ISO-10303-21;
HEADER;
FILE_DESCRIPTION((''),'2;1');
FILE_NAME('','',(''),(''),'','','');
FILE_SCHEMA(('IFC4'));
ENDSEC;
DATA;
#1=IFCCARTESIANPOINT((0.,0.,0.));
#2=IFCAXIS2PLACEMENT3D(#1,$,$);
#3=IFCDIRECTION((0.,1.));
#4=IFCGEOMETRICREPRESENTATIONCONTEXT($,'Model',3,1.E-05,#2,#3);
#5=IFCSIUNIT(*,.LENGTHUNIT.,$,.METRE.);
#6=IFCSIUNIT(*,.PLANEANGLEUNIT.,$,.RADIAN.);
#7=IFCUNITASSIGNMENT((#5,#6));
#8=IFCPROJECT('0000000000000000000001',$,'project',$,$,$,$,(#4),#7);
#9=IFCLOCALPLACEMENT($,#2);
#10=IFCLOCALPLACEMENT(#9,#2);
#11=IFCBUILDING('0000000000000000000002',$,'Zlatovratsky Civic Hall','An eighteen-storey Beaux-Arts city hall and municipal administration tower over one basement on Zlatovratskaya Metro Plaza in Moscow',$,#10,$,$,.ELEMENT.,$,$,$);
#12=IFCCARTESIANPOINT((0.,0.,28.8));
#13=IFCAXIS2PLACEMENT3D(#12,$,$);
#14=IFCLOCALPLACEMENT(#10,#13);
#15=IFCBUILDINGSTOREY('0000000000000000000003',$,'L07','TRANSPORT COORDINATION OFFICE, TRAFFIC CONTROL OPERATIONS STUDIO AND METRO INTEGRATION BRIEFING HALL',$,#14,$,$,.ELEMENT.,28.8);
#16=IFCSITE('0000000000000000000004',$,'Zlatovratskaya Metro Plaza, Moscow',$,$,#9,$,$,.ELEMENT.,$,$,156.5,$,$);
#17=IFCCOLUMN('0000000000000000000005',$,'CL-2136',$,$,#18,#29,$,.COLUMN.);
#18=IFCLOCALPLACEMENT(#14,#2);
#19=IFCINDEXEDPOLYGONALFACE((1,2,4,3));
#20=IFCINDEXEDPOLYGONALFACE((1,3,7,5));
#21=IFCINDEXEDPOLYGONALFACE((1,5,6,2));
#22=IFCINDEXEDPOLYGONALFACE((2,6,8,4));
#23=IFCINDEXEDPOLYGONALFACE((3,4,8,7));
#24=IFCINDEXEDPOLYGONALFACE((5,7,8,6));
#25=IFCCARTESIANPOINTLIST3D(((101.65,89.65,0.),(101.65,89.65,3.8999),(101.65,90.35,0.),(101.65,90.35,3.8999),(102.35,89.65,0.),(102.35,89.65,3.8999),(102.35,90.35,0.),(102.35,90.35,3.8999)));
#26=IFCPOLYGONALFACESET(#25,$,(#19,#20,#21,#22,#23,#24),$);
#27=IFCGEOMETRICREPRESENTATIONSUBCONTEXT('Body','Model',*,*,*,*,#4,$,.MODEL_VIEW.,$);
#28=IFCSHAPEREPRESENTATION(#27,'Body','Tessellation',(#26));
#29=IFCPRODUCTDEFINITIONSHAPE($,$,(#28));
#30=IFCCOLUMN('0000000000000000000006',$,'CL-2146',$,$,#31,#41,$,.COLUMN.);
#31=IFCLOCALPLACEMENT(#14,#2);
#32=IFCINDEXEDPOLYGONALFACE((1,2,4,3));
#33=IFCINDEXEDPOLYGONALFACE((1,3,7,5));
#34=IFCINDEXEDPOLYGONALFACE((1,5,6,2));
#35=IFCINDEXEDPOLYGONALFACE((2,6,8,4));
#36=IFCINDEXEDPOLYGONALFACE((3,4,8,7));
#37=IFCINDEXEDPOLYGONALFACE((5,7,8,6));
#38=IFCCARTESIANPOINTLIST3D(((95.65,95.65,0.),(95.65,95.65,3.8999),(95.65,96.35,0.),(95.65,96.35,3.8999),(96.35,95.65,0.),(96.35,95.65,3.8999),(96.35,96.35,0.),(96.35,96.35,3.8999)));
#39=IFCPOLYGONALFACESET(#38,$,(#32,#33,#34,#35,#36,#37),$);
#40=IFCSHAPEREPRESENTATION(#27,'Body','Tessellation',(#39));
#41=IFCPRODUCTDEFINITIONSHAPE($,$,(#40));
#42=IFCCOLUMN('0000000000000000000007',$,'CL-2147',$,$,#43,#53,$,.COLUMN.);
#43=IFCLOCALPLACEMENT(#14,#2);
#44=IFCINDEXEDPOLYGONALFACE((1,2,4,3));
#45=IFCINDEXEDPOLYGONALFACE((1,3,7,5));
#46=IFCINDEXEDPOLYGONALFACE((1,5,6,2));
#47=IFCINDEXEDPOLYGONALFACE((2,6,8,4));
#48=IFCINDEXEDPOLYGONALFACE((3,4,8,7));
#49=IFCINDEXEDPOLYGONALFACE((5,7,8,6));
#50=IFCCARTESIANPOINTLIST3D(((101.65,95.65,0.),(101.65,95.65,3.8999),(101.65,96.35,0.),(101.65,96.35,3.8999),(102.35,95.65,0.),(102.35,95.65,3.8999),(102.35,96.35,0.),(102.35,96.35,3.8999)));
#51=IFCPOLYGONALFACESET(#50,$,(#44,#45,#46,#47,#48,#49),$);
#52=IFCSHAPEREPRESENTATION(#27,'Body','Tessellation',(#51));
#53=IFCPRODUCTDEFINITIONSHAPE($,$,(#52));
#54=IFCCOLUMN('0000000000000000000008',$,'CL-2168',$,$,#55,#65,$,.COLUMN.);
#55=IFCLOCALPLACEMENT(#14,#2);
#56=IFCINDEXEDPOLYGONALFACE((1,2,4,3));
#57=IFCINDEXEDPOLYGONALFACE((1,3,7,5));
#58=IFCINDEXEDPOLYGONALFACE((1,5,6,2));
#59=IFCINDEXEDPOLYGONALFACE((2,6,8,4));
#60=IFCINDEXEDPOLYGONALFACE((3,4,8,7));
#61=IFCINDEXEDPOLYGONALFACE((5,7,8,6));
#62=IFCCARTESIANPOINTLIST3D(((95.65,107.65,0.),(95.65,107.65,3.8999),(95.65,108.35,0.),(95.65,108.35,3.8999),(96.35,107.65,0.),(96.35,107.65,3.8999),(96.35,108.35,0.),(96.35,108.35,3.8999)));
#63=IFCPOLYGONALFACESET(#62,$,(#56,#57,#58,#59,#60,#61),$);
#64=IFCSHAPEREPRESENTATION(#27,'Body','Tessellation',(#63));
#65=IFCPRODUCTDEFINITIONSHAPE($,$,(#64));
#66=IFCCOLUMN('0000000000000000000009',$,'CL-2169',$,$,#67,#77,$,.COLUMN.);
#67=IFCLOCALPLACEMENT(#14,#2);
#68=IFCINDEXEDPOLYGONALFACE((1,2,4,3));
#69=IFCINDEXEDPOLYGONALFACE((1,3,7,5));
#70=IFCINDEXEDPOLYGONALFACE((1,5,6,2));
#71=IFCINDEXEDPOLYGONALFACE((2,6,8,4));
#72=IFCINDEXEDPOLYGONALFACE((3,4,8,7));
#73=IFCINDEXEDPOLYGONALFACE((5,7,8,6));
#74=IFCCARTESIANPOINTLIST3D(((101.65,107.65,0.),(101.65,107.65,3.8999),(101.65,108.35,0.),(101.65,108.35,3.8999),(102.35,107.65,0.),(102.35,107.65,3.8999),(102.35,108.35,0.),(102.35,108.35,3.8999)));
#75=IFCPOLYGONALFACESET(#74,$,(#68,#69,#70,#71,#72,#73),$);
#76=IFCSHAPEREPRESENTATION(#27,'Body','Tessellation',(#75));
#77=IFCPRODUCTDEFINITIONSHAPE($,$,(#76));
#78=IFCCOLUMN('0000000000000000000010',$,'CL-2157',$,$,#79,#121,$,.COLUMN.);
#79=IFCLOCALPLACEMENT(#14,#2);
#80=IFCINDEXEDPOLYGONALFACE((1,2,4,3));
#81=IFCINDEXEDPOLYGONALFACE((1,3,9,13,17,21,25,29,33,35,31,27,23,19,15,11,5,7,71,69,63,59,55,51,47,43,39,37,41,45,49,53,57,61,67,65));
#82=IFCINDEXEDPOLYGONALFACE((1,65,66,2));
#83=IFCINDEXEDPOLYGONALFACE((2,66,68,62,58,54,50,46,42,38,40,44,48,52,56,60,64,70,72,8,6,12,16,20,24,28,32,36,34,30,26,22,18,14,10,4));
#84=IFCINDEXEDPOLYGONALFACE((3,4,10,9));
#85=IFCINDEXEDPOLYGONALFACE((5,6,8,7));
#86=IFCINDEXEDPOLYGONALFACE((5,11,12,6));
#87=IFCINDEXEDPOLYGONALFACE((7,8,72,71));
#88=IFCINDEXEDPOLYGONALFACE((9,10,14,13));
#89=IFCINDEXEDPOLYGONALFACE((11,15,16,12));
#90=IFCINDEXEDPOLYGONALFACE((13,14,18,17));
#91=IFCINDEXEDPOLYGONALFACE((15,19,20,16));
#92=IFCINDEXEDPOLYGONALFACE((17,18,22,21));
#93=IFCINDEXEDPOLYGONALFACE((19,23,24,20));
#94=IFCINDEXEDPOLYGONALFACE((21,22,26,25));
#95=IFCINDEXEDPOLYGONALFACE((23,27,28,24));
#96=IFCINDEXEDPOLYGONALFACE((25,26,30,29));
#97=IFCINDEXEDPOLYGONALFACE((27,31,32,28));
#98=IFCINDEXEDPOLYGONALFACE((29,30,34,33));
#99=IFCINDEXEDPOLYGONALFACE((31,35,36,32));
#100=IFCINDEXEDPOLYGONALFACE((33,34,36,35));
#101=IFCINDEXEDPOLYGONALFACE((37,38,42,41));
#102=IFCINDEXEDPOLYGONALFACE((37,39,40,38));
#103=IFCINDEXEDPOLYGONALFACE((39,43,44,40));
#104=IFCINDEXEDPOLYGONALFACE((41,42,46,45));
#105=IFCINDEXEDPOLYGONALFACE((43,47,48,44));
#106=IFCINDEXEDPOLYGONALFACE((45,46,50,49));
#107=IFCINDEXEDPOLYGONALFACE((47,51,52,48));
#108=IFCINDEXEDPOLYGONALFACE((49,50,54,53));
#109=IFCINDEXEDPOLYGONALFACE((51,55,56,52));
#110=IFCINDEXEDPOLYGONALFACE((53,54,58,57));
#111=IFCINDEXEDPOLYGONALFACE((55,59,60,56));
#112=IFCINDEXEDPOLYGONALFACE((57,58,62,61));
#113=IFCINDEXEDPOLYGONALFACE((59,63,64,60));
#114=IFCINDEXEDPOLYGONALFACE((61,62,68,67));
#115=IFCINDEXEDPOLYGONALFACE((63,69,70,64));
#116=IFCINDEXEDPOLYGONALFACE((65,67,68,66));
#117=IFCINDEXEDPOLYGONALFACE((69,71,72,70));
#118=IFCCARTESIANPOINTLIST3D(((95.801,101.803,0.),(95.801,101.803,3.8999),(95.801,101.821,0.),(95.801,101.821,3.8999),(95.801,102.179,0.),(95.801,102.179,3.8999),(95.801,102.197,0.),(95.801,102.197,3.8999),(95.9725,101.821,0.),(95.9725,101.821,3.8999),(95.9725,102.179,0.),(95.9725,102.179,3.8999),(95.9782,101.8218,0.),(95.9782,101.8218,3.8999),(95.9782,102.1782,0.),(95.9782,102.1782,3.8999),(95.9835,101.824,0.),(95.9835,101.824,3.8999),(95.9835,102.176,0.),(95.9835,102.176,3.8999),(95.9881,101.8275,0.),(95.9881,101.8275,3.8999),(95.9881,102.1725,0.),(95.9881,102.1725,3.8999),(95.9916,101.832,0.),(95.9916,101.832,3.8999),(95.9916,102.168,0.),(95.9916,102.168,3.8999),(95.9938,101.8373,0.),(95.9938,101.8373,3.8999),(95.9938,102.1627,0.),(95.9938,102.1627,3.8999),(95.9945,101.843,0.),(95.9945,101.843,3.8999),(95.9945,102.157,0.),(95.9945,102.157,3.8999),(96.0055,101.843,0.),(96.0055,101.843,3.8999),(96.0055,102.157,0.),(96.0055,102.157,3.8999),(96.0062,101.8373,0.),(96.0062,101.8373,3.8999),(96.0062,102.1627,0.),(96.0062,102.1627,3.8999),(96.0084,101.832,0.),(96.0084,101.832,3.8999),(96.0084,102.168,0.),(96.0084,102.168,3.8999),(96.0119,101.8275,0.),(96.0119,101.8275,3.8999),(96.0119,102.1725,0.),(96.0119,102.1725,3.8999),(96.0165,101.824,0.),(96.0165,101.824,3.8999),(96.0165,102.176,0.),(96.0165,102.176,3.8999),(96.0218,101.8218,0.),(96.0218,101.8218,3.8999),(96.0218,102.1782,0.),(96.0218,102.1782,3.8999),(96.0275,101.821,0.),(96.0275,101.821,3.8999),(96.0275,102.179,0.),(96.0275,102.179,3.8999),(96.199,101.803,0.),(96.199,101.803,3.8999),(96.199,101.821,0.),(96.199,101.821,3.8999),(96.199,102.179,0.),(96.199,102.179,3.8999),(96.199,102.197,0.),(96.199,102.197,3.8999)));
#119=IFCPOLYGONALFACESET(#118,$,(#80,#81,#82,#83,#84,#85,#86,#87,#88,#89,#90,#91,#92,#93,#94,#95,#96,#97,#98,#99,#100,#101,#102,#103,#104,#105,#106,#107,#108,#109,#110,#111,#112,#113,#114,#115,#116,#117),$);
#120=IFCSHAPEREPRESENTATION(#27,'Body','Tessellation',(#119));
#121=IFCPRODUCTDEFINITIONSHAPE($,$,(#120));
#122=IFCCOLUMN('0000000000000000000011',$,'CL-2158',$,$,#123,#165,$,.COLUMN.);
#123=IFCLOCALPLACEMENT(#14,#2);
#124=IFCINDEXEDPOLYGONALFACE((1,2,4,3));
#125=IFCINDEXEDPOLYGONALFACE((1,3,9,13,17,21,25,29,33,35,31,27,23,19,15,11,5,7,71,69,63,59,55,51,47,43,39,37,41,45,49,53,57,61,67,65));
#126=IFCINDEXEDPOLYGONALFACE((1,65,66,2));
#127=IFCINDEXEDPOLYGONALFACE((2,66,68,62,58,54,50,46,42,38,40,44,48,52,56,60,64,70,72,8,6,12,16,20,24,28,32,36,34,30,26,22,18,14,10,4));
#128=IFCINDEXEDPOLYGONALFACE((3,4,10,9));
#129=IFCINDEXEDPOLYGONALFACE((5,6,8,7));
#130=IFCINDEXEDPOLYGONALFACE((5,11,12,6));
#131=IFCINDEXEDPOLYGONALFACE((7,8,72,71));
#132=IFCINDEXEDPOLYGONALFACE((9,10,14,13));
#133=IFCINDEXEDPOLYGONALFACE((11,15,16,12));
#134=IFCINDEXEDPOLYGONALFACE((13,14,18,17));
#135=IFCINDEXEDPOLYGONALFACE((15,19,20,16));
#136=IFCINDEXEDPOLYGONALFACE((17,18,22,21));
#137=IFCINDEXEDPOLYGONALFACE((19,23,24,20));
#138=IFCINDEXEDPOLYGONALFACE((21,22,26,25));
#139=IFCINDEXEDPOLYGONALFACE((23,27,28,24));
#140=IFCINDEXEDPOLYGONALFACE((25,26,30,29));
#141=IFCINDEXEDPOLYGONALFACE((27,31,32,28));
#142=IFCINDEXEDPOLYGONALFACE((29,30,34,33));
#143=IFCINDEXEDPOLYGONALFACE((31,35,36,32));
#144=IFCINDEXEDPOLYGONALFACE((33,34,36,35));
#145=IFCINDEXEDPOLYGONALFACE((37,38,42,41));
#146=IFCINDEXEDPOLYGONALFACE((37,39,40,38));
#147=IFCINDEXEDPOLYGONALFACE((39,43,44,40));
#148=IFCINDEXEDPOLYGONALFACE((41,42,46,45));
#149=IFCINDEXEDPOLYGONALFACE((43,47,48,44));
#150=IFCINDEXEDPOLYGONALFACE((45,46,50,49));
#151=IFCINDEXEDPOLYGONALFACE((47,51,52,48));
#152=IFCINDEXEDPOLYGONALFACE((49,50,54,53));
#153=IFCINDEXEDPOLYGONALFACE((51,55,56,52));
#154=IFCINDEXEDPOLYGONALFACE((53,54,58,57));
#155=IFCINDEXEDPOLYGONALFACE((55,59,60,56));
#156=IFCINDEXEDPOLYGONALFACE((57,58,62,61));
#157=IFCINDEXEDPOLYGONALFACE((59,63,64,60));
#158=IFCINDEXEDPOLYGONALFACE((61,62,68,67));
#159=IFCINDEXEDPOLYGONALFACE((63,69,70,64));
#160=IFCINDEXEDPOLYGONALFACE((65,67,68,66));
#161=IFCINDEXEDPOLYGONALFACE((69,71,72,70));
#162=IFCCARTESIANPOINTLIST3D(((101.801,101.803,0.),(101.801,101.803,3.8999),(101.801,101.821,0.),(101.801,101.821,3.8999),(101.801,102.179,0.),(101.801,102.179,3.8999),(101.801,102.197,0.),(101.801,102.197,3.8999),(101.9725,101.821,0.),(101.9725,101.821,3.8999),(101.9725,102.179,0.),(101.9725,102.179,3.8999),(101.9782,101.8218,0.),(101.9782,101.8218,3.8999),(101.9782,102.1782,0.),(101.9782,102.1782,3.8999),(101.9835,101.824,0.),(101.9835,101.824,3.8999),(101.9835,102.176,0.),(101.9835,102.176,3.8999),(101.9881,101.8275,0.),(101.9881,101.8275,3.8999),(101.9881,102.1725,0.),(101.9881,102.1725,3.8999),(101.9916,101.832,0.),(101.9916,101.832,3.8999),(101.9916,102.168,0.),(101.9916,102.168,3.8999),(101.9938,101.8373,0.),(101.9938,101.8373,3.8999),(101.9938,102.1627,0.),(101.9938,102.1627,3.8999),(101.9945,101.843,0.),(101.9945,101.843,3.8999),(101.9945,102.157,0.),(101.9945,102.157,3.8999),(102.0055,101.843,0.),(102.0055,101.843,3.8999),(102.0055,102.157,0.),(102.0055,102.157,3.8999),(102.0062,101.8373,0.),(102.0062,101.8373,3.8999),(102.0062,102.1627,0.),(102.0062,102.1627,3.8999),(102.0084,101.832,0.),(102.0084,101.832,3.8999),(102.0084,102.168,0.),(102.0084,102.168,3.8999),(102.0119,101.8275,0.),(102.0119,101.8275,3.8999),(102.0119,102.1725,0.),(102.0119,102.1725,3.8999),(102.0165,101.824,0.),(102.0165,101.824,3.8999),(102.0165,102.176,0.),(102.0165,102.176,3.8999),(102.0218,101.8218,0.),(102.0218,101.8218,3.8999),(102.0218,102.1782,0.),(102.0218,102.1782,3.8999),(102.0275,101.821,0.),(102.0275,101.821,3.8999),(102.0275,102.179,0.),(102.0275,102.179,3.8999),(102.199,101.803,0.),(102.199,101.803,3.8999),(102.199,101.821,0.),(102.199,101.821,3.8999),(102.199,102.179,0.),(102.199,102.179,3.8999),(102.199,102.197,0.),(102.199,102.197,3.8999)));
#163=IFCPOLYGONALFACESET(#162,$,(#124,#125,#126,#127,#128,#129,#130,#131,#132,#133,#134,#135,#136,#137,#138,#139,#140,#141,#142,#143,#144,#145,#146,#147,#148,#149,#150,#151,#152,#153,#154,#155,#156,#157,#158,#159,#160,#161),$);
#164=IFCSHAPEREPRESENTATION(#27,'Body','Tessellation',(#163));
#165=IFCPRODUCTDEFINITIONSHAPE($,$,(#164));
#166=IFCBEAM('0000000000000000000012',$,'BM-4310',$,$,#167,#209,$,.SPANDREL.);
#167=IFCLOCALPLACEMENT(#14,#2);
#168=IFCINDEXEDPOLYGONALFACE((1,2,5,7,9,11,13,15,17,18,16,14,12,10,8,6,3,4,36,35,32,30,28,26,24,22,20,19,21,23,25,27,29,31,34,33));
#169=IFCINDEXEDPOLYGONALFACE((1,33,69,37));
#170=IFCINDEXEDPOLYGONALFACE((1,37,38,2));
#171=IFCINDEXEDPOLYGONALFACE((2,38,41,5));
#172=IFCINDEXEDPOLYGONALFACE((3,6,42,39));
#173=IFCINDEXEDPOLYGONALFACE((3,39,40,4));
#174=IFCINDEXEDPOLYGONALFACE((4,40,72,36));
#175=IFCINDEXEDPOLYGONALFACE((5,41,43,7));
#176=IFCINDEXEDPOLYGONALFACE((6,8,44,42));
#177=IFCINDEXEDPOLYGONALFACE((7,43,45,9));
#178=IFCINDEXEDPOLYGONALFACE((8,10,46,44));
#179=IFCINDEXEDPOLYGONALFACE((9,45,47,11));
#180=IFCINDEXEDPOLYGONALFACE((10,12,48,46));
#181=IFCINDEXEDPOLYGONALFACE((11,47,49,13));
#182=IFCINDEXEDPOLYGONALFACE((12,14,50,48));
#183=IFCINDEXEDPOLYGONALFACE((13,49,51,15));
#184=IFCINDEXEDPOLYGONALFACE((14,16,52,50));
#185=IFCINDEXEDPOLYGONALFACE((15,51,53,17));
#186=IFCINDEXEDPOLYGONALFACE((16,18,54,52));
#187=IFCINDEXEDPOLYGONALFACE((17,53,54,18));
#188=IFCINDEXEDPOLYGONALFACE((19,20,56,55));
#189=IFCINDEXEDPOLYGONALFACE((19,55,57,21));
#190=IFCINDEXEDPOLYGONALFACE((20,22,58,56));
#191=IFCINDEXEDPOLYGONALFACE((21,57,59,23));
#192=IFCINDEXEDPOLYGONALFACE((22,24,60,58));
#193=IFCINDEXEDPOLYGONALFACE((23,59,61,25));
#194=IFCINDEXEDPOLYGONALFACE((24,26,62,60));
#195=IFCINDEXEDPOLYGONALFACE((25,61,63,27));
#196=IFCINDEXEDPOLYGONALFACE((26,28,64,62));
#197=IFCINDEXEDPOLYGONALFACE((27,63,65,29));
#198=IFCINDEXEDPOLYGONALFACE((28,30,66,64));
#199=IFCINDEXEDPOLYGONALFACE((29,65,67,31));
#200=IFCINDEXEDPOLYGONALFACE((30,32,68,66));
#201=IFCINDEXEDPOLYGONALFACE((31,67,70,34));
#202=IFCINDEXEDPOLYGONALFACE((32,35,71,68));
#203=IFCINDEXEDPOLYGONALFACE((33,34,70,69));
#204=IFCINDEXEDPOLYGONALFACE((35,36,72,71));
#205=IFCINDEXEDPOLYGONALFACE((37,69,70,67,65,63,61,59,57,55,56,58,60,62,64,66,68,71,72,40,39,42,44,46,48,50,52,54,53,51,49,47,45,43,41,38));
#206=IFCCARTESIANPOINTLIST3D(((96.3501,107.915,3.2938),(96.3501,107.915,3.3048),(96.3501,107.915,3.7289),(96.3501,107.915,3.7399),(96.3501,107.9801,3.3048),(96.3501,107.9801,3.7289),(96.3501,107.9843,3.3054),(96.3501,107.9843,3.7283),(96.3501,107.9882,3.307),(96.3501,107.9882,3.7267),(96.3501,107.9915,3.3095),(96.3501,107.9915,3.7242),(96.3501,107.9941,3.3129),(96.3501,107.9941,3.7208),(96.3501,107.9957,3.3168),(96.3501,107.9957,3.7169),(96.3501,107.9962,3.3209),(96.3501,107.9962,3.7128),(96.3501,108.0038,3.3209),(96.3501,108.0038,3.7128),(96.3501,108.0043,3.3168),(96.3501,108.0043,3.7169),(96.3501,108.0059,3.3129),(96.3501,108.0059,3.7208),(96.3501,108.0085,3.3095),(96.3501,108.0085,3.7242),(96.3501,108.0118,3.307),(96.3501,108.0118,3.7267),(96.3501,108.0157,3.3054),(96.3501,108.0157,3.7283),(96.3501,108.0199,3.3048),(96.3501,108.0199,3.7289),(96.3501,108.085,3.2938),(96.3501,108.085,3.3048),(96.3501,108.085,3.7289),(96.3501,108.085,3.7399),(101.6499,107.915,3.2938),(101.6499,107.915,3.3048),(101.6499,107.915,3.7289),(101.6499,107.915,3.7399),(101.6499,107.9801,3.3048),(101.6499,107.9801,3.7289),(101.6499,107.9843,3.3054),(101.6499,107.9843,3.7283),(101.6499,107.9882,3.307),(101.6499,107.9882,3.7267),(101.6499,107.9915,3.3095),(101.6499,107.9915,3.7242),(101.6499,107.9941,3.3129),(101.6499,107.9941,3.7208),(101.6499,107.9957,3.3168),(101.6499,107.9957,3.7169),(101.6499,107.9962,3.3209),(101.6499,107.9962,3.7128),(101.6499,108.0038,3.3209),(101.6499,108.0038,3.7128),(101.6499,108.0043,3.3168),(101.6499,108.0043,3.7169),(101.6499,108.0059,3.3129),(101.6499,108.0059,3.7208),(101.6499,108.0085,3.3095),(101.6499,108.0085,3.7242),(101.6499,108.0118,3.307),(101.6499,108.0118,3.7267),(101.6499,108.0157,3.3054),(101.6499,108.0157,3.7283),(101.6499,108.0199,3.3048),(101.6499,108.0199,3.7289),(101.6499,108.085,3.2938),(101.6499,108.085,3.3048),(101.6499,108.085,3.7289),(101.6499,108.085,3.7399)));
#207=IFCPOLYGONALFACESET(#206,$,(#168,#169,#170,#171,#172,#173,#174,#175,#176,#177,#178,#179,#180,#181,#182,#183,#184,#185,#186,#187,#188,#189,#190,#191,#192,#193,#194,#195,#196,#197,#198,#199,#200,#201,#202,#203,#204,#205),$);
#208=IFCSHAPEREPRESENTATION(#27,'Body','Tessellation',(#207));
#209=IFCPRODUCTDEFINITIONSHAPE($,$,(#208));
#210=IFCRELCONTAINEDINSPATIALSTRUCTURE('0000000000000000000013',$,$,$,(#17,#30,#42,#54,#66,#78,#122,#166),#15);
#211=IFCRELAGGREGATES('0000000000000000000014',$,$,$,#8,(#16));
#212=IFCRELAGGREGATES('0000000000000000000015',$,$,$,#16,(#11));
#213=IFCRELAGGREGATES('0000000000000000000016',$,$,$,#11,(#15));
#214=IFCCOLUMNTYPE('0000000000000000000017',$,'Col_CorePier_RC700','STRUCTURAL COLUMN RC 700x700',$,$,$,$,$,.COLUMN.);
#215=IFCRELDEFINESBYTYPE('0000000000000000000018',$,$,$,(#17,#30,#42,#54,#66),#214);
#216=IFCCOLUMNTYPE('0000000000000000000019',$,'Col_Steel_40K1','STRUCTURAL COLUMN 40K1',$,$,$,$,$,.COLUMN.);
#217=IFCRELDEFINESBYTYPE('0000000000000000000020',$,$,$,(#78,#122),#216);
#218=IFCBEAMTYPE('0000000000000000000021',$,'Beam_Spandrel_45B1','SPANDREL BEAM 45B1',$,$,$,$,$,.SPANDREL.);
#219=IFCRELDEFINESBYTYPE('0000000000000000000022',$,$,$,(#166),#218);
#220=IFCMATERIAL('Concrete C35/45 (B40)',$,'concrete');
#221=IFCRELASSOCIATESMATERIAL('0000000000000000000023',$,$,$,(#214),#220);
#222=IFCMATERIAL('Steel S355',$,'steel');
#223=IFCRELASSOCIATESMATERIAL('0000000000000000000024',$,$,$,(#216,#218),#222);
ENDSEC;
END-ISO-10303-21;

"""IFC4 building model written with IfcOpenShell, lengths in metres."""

from ifc_helpers import new_model, si_unit, direction, frame, origin, origin_2d, place, context, subcontext, project, spatial, rectangle, i_section, extrude, material, material_profile, profile_set, type_object, element, save


model = new_model("IFC4")

# Units and contexts
model_context = context("Model", 3, precision=1e-05, world=origin(), true_north=direction((0.0, 1.0)))
body_context = subcontext(model_context, "Body", "Model", "MODEL_VIEW")
ifc_project = project(units=[si_unit("LENGTHUNIT", "METRE"), si_unit("PLANEANGLEUNIT", "RADIAN")], contexts=[model_context])

# Site, building, storey
site_placement = place(None, origin())
site = spatial("IfcSite", under=ifc_project, at=site_placement, Name="Zlatovratskaya Metro Plaza, Moscow", CompositionType="ELEMENT", RefElevation=156.5)
building_placement = place(site_placement, origin())
building = spatial("IfcBuilding", under=site, at=building_placement, Name="Zlatovratsky Civic Hall", Description="An eighteen-storey Beaux-Arts city hall and municipal administration tower over one basement on Zlatovratskaya Metro Plaza in Moscow", CompositionType="ELEMENT")
storey_placement = place(building_placement, frame((0.0, 0.0, 28.8)))
storey = spatial("IfcBuildingStorey", under=building, at=storey_placement, Name="L07", Description="TRANSPORT COORDINATION OFFICE, TRAFFIC CONTROL OPERATIONS STUDIO AND METRO INTEGRATION BRIEFING HALL", CompositionType="ELEMENT", Elevation=28.8)

# Columns
ifc_material_1 = material(Name="Concrete C35/45 (B40)", Category="concrete")
ifc_material_profile_1 = material_profile(ifc_material_1, rectangle(XDim=0.7, YDim=0.7, at=origin_2d()), Name="RC 700x700")
ifc_profile_set_1 = profile_set([ifc_material_profile_1], Name="Concrete C35/45 (B40)")
column_type_1 = type_object("IfcColumnType", Name="Col_CorePier_RC700", Description="STRUCTURAL COLUMN RC 700x700", PredefinedType="COLUMN", material=ifc_profile_set_1)
for number, where, z_axis, x_axis, name in (
    (1, (102.0, 90.0, 0.0), (0.0, 0.0, 1.0), (1.0, 0.0, 0.0), "CL-2136"),
    (2, (96.0, 96.0, 0.0), (0.0, 0.0, 1.0), (1.0, 0.0, 0.0), "CL-2146"),
    (3, (102.0, 96.0, 0.0), (0.0, 0.0, 1.0), (1.0, 0.0, 0.0), "CL-2147"),
    (4, (96.0, 108.0, 0.0), (0.0, 0.0, 1.0), (1.0, 0.0, 0.0), "CL-2168"),
    (5, (102.0, 108.0, 0.0), (0.0, 0.0, 1.0), (1.0, 0.0, 0.0), "CL-2169"),
):
    element("IfcColumn", number, at=place(storey_placement, frame(where, z_axis=z_axis, x_axis=x_axis)), inside=storey, type_object=column_type_1, Name=name, PredefinedType="COLUMN", context=body_context, shape_type="SweptSolid", body=[
        extrude(rectangle(XDim=0.7, YDim=0.7, at=origin_2d()), origin(), (0.0, 0.0, 1.0), 3.8999),
    ])
ifc_material_2 = material(Name="Steel S355", Category="steel")
ifc_material_profile_2 = material_profile(ifc_material_2, i_section(OverallWidth=0.3979, OverallDepth=0.394, WebThickness=0.011, FlangeThickness=0.0181, FilletRadius=0.022, at=origin_2d()), Name="40K1")
ifc_profile_set_2 = profile_set([ifc_material_profile_2], Name="Steel S355")
column_type_2 = type_object("IfcColumnType", Name="Col_Steel_40K1", Description="STRUCTURAL COLUMN 40K1", PredefinedType="COLUMN", material=ifc_profile_set_2)
for number, where, z_axis, x_axis, name in (
    (6, (96.0, 102.0, 0.0), (0.0, 0.0, 1.0), (1.0, 0.0, 0.0), "CL-2157"),
    (7, (102.0, 102.0, 0.0), (0.0, 0.0, 1.0), (1.0, 0.0, 0.0), "CL-2158"),
):
    element("IfcColumn", number, at=place(storey_placement, frame(where, z_axis=z_axis, x_axis=x_axis)), inside=storey, type_object=column_type_2, Name=name, PredefinedType="COLUMN", context=body_context, shape_type="SweptSolid", body=[
        extrude(i_section(OverallWidth=0.3979, OverallDepth=0.394, WebThickness=0.011, FlangeThickness=0.0181, FilletRadius=0.022, at=origin_2d()), origin(), (0.0, 0.0, 1.0), 3.8999),
    ])

# Beam
ifc_material_profile_3 = material_profile(ifc_material_2, i_section(OverallWidth=0.1699, OverallDepth=0.446, WebThickness=0.0076, FlangeThickness=0.011, FilletRadius=0.0161, at=origin_2d()), Name="45B1")
ifc_profile_set_3 = profile_set([ifc_material_profile_3], Name="Steel S355")
beam_type_1 = type_object("IfcBeamType", Name="Beam_Spandrel_45B1", Description="SPANDREL BEAM 45B1", PredefinedType="SPANDREL", material=ifc_profile_set_3)
beam_1_placement = place(storey_placement, frame((96.3501, 108.0, 3.5168), z_axis=(1.0, 0.0, 0.0), x_axis=(0.0, 1.0, 0.0)))
element("IfcBeam", 8, at=beam_1_placement, inside=storey, type_object=beam_type_1, Name="BM-4310", PredefinedType="SPANDREL", context=body_context, shape_type="SweptSolid", body=[
    extrude(i_section(OverallWidth=0.1699, OverallDepth=0.446, WebThickness=0.0076, FlangeThickness=0.011, FilletRadius=0.0161, at=origin_2d()), origin(), (0.0, 0.0, 1.0), 5.2998),
])

save(model, "model.ifc")
